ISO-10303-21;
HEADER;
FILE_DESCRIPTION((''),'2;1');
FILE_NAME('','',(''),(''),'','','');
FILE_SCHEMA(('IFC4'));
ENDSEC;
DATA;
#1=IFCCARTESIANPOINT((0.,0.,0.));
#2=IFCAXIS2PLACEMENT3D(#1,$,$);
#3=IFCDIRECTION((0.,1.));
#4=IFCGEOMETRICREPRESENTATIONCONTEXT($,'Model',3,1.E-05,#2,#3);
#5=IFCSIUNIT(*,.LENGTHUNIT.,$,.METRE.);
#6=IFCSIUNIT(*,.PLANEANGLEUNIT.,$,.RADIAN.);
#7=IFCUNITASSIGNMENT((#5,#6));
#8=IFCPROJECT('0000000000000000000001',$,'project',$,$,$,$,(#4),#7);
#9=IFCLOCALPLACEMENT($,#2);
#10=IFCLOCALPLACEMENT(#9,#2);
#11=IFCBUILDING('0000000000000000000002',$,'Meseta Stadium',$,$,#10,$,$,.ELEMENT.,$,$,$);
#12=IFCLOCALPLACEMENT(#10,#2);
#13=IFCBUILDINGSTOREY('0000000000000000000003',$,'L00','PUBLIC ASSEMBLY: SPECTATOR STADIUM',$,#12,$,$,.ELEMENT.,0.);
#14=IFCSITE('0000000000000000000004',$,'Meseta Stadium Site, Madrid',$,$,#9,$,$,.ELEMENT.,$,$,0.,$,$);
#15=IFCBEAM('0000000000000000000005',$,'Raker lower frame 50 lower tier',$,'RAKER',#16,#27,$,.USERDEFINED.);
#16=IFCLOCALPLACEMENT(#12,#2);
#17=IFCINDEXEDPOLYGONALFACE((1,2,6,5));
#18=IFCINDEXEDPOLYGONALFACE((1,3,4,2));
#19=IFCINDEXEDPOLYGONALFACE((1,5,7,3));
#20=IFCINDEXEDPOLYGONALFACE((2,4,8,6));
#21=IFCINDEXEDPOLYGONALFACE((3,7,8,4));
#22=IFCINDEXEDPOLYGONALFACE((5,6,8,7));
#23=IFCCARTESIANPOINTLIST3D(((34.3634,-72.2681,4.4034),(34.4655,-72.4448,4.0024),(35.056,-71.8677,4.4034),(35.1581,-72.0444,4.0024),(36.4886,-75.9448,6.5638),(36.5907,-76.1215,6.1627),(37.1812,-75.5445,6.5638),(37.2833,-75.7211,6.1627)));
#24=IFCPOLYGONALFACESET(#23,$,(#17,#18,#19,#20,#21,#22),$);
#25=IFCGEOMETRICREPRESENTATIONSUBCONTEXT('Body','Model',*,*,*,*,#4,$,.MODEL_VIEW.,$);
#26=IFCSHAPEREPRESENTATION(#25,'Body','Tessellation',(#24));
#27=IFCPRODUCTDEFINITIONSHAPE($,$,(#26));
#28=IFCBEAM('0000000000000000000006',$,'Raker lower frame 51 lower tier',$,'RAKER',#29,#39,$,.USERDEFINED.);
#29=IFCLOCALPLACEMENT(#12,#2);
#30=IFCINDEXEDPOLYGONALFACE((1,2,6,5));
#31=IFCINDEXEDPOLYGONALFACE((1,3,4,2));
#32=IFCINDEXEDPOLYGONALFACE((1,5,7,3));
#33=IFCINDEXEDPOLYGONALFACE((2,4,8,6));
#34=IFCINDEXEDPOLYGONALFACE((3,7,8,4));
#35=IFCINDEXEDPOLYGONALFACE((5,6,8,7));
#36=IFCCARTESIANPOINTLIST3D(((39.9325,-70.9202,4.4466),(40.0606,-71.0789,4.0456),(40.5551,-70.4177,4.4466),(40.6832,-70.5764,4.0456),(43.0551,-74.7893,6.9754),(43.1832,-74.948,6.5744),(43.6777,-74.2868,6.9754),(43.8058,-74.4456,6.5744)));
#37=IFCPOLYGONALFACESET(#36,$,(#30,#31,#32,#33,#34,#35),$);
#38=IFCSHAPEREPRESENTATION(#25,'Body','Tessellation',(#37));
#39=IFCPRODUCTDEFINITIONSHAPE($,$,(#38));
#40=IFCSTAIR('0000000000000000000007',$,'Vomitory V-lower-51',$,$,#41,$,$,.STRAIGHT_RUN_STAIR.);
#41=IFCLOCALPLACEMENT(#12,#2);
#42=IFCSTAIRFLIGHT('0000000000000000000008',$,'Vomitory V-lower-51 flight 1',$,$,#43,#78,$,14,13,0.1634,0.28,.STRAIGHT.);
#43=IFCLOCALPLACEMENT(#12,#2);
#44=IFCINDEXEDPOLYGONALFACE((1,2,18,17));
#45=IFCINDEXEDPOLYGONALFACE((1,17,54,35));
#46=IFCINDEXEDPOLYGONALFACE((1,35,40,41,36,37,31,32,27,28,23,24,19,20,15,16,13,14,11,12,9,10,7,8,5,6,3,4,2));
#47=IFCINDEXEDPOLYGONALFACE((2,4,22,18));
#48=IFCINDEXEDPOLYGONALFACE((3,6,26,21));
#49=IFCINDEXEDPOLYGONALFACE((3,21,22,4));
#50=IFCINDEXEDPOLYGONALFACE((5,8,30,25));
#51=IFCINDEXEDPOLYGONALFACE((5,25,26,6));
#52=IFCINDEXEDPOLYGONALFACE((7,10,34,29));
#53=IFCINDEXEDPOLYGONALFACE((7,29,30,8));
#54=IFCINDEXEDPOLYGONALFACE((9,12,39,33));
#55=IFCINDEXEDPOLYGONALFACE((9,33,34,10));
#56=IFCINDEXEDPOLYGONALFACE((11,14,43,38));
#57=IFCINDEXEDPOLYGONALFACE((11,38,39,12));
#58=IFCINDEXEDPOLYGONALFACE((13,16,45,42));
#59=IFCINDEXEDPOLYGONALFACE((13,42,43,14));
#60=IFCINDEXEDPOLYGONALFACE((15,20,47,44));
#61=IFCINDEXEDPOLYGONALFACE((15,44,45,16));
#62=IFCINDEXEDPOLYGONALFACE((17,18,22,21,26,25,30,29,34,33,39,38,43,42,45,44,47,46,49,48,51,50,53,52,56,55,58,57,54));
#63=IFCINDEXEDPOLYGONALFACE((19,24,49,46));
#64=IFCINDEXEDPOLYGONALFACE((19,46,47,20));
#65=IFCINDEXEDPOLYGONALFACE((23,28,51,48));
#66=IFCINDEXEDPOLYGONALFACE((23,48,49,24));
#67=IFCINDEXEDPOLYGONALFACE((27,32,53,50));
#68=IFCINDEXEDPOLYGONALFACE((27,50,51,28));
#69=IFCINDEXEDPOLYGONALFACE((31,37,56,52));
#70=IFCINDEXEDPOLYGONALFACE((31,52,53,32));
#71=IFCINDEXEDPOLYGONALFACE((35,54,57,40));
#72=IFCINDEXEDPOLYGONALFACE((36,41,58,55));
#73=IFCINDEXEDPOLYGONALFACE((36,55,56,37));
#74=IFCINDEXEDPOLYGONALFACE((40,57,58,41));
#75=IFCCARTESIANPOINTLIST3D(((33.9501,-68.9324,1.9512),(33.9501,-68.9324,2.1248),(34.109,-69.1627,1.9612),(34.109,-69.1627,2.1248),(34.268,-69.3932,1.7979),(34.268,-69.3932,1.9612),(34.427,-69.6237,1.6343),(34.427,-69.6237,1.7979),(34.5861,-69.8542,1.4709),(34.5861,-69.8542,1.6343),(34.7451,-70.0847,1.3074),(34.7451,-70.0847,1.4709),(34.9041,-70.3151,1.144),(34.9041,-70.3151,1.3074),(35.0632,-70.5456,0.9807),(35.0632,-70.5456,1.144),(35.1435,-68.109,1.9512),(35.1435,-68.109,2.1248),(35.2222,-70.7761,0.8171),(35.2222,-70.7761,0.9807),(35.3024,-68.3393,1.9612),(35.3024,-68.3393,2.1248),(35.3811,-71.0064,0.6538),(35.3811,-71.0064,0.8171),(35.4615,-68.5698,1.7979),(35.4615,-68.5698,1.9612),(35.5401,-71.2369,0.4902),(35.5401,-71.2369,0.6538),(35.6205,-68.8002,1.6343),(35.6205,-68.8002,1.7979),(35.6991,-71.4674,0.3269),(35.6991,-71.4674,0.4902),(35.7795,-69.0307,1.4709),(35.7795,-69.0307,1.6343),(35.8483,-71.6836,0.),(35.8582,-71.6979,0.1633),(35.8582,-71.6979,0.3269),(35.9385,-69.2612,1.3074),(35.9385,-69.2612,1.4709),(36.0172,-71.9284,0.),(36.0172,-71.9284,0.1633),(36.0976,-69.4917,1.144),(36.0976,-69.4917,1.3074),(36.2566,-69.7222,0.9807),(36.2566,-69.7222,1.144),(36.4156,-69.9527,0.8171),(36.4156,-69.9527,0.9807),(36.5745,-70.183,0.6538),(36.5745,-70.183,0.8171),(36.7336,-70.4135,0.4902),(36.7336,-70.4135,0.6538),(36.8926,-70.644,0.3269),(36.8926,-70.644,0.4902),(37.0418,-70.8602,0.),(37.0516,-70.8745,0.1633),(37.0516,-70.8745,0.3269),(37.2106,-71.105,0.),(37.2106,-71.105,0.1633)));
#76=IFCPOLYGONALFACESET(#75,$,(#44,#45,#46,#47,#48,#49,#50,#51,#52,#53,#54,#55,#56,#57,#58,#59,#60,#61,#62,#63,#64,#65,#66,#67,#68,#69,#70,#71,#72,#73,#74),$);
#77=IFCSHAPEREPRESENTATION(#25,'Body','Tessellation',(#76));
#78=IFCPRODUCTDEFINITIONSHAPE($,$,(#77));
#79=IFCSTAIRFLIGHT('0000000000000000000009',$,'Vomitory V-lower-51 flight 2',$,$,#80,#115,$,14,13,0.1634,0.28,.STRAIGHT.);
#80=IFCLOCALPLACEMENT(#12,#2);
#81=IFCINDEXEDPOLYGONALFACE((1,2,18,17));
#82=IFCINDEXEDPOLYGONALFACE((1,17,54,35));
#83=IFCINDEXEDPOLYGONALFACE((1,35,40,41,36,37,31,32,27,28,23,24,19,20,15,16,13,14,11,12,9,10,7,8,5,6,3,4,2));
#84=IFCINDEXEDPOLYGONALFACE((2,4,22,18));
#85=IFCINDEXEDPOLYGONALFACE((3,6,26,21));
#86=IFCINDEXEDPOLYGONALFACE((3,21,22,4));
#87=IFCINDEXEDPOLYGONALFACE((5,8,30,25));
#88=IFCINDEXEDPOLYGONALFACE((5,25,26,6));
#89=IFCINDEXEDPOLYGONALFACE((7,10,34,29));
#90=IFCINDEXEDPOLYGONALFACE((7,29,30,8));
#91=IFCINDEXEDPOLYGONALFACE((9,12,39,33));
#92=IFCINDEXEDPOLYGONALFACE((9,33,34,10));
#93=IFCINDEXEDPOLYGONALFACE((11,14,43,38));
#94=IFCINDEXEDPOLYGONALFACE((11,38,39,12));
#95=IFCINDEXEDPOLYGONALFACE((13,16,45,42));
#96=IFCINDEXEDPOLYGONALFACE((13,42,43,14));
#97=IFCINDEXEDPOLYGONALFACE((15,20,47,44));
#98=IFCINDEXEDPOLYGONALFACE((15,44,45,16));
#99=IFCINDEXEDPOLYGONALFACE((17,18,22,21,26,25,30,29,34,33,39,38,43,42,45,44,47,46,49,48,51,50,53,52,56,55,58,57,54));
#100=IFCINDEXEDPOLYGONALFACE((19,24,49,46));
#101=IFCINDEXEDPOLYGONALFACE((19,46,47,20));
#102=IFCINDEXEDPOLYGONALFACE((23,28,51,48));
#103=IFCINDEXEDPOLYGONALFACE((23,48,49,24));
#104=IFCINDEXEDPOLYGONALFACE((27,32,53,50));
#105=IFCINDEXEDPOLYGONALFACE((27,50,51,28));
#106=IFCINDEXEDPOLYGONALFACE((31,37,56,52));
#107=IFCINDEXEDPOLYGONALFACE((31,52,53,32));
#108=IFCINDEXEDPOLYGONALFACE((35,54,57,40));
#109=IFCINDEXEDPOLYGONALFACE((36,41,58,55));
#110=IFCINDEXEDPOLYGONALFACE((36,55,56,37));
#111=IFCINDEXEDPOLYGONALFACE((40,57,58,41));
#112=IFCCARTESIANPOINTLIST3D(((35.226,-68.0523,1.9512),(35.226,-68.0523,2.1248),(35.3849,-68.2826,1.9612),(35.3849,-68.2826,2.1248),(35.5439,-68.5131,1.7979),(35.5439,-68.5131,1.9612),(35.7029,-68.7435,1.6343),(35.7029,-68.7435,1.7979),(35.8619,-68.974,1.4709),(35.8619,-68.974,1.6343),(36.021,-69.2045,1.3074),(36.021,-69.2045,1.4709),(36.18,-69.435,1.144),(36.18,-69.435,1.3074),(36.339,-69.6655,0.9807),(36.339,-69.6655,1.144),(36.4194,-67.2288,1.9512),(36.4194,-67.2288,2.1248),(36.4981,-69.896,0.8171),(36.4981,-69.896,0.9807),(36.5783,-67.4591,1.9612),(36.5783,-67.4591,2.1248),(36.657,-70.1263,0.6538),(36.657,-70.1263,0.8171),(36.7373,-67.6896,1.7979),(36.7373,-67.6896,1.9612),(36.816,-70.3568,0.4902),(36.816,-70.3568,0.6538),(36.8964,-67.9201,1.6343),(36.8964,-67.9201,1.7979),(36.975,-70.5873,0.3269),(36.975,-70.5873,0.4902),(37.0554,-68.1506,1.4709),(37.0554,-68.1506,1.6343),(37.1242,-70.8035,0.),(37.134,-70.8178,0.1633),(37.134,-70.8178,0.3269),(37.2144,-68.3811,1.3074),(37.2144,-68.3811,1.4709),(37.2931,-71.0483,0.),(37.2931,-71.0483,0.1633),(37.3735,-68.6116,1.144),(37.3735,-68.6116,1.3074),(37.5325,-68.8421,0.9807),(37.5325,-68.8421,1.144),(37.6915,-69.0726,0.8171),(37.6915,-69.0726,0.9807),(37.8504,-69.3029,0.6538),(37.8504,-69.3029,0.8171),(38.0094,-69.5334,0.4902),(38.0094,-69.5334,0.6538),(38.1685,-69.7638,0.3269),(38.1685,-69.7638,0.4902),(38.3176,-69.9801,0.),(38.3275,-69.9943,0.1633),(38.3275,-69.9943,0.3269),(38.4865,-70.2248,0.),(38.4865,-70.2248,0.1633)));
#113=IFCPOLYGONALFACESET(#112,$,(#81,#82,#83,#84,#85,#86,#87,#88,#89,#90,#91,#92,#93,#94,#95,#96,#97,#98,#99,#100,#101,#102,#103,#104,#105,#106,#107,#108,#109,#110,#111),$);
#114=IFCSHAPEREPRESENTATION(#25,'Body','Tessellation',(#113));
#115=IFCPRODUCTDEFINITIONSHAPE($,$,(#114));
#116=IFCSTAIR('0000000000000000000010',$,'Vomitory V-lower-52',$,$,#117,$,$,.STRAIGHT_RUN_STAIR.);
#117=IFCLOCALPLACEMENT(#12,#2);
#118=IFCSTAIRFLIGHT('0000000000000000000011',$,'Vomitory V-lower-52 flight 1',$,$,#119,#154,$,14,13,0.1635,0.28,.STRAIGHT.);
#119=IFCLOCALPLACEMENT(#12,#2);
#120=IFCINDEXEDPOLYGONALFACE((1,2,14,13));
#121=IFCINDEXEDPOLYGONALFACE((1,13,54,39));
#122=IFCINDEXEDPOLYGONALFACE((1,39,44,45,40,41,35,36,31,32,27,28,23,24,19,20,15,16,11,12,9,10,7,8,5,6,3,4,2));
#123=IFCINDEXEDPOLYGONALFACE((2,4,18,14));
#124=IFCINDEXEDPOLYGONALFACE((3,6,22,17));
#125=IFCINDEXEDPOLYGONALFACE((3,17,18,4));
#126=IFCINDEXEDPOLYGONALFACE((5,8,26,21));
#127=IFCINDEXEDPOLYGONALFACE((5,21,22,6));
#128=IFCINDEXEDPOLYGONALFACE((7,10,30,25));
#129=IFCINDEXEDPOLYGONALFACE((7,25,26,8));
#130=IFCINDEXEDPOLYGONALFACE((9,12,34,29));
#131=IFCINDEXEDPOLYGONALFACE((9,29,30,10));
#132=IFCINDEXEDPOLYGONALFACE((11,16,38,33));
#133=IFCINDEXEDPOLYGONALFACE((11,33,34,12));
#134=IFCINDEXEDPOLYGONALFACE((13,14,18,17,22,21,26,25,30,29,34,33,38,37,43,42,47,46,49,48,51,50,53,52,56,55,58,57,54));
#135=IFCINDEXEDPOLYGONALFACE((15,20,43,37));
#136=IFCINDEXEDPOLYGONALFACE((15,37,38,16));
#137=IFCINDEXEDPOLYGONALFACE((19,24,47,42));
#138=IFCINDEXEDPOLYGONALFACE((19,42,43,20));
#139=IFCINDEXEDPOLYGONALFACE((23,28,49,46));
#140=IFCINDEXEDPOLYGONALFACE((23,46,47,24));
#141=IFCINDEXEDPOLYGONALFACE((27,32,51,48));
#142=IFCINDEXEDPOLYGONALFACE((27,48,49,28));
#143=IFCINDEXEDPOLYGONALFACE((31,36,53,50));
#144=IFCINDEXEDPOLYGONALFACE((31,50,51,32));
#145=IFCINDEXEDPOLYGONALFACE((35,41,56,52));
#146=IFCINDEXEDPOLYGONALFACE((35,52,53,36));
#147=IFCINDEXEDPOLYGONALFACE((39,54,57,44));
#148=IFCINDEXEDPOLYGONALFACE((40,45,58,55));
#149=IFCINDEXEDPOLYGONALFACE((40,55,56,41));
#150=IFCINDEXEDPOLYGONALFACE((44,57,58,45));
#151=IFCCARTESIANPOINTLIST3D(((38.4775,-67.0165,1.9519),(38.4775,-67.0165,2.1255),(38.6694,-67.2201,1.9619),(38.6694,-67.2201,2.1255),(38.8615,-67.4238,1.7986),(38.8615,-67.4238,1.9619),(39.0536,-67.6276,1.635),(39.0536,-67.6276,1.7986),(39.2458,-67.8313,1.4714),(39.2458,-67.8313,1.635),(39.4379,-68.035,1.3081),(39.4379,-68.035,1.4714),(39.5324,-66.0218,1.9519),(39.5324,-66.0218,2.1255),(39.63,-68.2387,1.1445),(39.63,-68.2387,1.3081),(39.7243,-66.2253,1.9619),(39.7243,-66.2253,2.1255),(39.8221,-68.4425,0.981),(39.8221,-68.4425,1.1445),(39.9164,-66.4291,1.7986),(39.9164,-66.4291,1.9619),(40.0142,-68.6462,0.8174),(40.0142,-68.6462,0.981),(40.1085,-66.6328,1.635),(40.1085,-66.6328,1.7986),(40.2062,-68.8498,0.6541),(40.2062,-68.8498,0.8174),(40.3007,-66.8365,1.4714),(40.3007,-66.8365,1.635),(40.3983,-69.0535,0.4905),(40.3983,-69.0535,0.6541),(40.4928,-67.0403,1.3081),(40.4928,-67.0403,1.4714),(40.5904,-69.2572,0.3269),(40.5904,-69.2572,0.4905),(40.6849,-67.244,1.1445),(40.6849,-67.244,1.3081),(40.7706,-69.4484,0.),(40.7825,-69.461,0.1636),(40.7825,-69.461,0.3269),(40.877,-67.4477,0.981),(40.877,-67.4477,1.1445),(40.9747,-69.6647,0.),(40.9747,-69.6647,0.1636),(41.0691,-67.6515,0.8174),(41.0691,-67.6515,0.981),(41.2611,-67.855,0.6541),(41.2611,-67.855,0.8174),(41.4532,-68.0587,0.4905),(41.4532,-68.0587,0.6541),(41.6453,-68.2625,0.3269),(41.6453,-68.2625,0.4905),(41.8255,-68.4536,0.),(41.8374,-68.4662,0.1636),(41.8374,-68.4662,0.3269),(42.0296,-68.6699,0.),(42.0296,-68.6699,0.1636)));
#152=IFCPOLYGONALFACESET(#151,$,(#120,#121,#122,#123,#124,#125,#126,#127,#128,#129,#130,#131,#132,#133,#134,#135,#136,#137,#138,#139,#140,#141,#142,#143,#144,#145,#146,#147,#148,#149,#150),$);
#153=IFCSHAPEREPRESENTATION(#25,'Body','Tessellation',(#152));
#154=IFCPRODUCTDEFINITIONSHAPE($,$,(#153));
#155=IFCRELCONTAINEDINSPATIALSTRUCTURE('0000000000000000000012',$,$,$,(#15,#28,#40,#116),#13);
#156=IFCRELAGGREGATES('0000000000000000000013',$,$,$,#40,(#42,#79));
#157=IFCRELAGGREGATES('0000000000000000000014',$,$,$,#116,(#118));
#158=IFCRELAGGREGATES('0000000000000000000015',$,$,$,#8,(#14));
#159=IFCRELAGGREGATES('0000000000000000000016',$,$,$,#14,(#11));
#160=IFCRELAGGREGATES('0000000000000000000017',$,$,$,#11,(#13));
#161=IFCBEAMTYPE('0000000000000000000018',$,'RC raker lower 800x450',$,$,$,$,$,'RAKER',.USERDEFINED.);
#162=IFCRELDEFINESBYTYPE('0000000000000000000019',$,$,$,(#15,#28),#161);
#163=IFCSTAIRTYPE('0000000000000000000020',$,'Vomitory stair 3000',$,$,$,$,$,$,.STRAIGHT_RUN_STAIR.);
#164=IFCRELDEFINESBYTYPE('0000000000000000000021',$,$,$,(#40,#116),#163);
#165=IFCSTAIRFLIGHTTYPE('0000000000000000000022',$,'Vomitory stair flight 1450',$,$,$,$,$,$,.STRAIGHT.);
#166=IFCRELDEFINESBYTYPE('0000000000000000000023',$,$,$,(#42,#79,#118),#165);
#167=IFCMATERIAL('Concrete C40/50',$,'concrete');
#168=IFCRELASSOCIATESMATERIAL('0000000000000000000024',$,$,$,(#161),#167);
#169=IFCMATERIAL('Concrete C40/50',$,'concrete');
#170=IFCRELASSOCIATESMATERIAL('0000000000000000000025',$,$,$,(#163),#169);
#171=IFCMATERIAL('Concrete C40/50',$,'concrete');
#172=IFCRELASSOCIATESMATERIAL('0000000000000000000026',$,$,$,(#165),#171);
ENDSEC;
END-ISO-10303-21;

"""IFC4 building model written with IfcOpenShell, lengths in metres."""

from ifc_helpers import new_model, si_unit, direction, frame, origin, origin_2d, place, context, subcontext, project, spatial, polyline, rectangle, outline, extrude, material, material_profile, profile_set, type_object, element, aggregate, save


model = new_model("IFC4")

# Units and contexts
model_context = context("Model", 3, precision=1e-05, world=origin(), true_north=direction((0.0, 1.0)))
body_context = subcontext(model_context, "Body", "Model", "MODEL_VIEW")
ifc_project = project(units=[si_unit("LENGTHUNIT", "METRE"), si_unit("PLANEANGLEUNIT", "RADIAN")], contexts=[model_context])

# Site, building, storey
site_placement = place(None, origin())
site = spatial("IfcSite", under=ifc_project, at=site_placement, Name="Meseta Stadium Site, Madrid", CompositionType="ELEMENT", RefElevation=0.0)
building_placement = place(site_placement, origin())
building = spatial("IfcBuilding", under=site, at=building_placement, Name="Meseta Stadium", CompositionType="ELEMENT")
storey_placement = place(building_placement, origin())
storey = spatial("IfcBuildingStorey", under=building, at=storey_placement, Name="L00", Description="PUBLIC ASSEMBLY: SPECTATOR STADIUM", CompositionType="ELEMENT", Elevation=0.0)

# Beams
ifc_material_1 = material(Name="Concrete C40/50", Category="concrete")
ifc_material_profile_1 = material_profile(ifc_material_1, rectangle(XDim=0.8, YDim=0.45, at=origin_2d()), Name="RC 800x450")
ifc_profile_set_1 = profile_set([ifc_material_profile_1], Name="Concrete C40/50")
beam_type_1 = type_object("IfcBeamType", Name="RC raker lower 800x450", ElementType="RAKER", PredefinedType="USERDEFINED", material=ifc_profile_set_1)
beam_1_placement = place(storey_placement, frame((34.7607, -72.1562, 4.2029), z_axis=(0.446038, -0.771663, 0.453416), x_axis=(0.865774, 0.500436, 0.0)))
element("IfcBeam", 1, at=beam_1_placement, inside=storey, type_object=beam_type_1, Name="Raker lower frame 50 lower tier", ObjectType="RAKER", PredefinedType="USERDEFINED", context=body_context, shape_type="SweptSolid", body=[
    extrude(rectangle(XDim=0.8, YDim=0.45, at=origin_2d()), origin(), (0.0, 0.0, 1.0), 4.7646),
])
beam_2_placement = place(storey_placement, frame((40.3079, -70.7483, 4.2461), z_axis=(0.559786, -0.693627, 0.453344), x_axis=(0.778189, 0.628031, 0.0)))
element("IfcBeam", 2, at=beam_2_placement, inside=storey, type_object=beam_type_1, Name="Raker lower frame 51 lower tier", ObjectType="RAKER", PredefinedType="USERDEFINED", context=body_context, shape_type="SweptSolid", body=[
    extrude(rectangle(XDim=0.8, YDim=0.45, at=origin_2d()), origin(), (0.0, 0.0, 1.0), 5.5781),
])

# Stair, stair flights
ifc_material_2 = material(Name="Concrete C40/50", Category="concrete")
stair_type = type_object("IfcStairType", Name="Vomitory stair 3000", PredefinedType="STRAIGHT_RUN_STAIR", material=ifc_material_2)
stair_1_placement = place(storey_placement, origin())
stair_1 = element("IfcStair", 3, at=stair_1_placement, inside=storey, type_object=stair_type, Name="Vomitory V-lower-51", PredefinedType="STRAIGHT_RUN_STAIR")
ifc_material_3 = material(Name="Concrete C40/50", Category="concrete")
stair_flight_type = type_object("IfcStairFlightType", Name="Vomitory stair flight 1450", PredefinedType="STRAIGHT", material=ifc_material_3)
stair_flight_1_placement = place(storey_placement, frame((36.614, -71.5166, 0.0), z_axis=(0.0, 0.0, 1.0), x_axis=(-0.5679, 0.823098, 0.0)))
stair_flight_1 = element("IfcStairFlight", 4, at=stair_flight_1_placement, type_object=stair_flight_type, Name="Vomitory V-lower-51 flight 1", NumberOfRisers=14, NumberOfTreads=13, PredefinedType="STRAIGHT", RiserHeight=0.1634, TreadLength=0.28, context=body_context, shape_type="SweptSolid", body=[
    extrude(outline(polyline([(0.0, 0.0), (0.0, 0.1633), (0.28, 0.1633), (0.28, 0.3269), (0.5601, 0.3269), (0.5601, 0.4902), (0.8401, 0.4902), (0.8401, 0.6538), (1.1201, 0.6538), (1.1201, 0.8171), (1.3999, 0.8171), (1.3999, 0.9807), (1.6799, 0.9807), (1.6799, 1.144), (1.96, 1.144), (1.96, 1.3074), (2.24, 1.3074), (2.24, 1.4709), (2.52, 1.4709), (2.52, 1.6343), (2.8, 1.6343), (2.8, 1.7979), (3.0801, 1.7979), (3.0801, 1.9612), (3.3601, 1.9612), (3.3601, 2.1248), (3.6399, 2.1248), (3.6399, 1.9512), (0.2974, 0.0), (0.0, 0.0)])), frame((0.0, 0.7251, 0.0), z_axis=(0.0, -1.0, 0.0), x_axis=(1.0, 0.0, 0.0)), (0.0, 0.0, 1.0), 1.45),
])
stair_flight_2_placement = place(storey_placement, frame((37.8899, -70.6365, 0.0), z_axis=(0.0, 0.0, 1.0), x_axis=(-0.5679, 0.823098, 0.0)))
stair_flight_2 = element("IfcStairFlight", 5, at=stair_flight_2_placement, type_object=stair_flight_type, Name="Vomitory V-lower-51 flight 2", NumberOfRisers=14, NumberOfTreads=13, PredefinedType="STRAIGHT", RiserHeight=0.1634, TreadLength=0.28, context=body_context, shape_type="SweptSolid", body=[
    extrude(outline(polyline([(0.0, 0.0), (0.0, 0.1633), (0.28, 0.1633), (0.28, 0.3269), (0.5601, 0.3269), (0.5601, 0.4902), (0.8401, 0.4902), (0.8401, 0.6538), (1.1201, 0.6538), (1.1201, 0.8171), (1.3999, 0.8171), (1.3999, 0.9807), (1.6799, 0.9807), (1.6799, 1.144), (1.96, 1.144), (1.96, 1.3074), (2.24, 1.3074), (2.24, 1.4709), (2.52, 1.4709), (2.52, 1.6343), (2.8, 1.6343), (2.8, 1.7979), (3.0801, 1.7979), (3.0801, 1.9612), (3.3601, 1.9612), (3.3601, 2.1248), (3.6399, 2.1248), (3.6399, 1.9512), (0.2974, 0.0), (0.0, 0.0)])), frame((0.0, 0.7251, 0.0), z_axis=(0.0, -1.0, 0.0), x_axis=(1.0, 0.0, 0.0)), (0.0, 0.0, 1.0), 1.45),
])
aggregate(stair_1, [stair_flight_1, stair_flight_2])

# Stair, stair flight
stair_2_placement = place(storey_placement, origin())
stair_2 = element("IfcStair", 6, at=stair_2_placement, inside=storey, type_object=stair_type, Name="Vomitory V-lower-52", PredefinedType="STRAIGHT_RUN_STAIR")
stair_flight_3_placement = place(storey_placement, frame((41.5022, -69.1672, 0.0), z_axis=(0.0, 0.0, 1.0), x_axis=(-0.686065, 0.727541, 0.0)))
stair_flight_3 = element("IfcStairFlight", 7, at=stair_flight_3_placement, type_object=stair_flight_type, Name="Vomitory V-lower-52 flight 1", NumberOfRisers=14, NumberOfTreads=13, PredefinedType="STRAIGHT", RiserHeight=0.1635, TreadLength=0.28, context=body_context, shape_type="SweptSolid", body=[
    extrude(outline(polyline([(0.0, 0.0), (0.0, 0.1636), (0.28, 0.1636), (0.28, 0.3269), (0.5601, 0.3269), (0.5601, 0.4905), (0.8401, 0.4905), (0.8401, 0.6541), (1.1201, 0.6541), (1.1201, 0.8174), (1.3999, 0.8174), (1.3999, 0.981), (1.6799, 0.981), (1.6799, 1.1445), (1.96, 1.1445), (1.96, 1.3081), (2.24, 1.3081), (2.24, 1.4714), (2.52, 1.4714), (2.52, 1.635), (2.8, 1.635), (2.8, 1.7986), (3.0801, 1.7986), (3.0801, 1.9619), (3.3601, 1.9619), (3.3601, 2.1255), (3.6399, 2.1255), (3.6399, 1.9519), (0.2974, 0.0), (0.0, 0.0)])), frame((0.0, 0.7251, 0.0), z_axis=(0.0, -1.0, 0.0), x_axis=(1.0, 0.0, 0.0)), (0.0, 0.0, 1.0), 1.45),
])
aggregate(stair_2, [stair_flight_3])

save(model, "model.ifc")
